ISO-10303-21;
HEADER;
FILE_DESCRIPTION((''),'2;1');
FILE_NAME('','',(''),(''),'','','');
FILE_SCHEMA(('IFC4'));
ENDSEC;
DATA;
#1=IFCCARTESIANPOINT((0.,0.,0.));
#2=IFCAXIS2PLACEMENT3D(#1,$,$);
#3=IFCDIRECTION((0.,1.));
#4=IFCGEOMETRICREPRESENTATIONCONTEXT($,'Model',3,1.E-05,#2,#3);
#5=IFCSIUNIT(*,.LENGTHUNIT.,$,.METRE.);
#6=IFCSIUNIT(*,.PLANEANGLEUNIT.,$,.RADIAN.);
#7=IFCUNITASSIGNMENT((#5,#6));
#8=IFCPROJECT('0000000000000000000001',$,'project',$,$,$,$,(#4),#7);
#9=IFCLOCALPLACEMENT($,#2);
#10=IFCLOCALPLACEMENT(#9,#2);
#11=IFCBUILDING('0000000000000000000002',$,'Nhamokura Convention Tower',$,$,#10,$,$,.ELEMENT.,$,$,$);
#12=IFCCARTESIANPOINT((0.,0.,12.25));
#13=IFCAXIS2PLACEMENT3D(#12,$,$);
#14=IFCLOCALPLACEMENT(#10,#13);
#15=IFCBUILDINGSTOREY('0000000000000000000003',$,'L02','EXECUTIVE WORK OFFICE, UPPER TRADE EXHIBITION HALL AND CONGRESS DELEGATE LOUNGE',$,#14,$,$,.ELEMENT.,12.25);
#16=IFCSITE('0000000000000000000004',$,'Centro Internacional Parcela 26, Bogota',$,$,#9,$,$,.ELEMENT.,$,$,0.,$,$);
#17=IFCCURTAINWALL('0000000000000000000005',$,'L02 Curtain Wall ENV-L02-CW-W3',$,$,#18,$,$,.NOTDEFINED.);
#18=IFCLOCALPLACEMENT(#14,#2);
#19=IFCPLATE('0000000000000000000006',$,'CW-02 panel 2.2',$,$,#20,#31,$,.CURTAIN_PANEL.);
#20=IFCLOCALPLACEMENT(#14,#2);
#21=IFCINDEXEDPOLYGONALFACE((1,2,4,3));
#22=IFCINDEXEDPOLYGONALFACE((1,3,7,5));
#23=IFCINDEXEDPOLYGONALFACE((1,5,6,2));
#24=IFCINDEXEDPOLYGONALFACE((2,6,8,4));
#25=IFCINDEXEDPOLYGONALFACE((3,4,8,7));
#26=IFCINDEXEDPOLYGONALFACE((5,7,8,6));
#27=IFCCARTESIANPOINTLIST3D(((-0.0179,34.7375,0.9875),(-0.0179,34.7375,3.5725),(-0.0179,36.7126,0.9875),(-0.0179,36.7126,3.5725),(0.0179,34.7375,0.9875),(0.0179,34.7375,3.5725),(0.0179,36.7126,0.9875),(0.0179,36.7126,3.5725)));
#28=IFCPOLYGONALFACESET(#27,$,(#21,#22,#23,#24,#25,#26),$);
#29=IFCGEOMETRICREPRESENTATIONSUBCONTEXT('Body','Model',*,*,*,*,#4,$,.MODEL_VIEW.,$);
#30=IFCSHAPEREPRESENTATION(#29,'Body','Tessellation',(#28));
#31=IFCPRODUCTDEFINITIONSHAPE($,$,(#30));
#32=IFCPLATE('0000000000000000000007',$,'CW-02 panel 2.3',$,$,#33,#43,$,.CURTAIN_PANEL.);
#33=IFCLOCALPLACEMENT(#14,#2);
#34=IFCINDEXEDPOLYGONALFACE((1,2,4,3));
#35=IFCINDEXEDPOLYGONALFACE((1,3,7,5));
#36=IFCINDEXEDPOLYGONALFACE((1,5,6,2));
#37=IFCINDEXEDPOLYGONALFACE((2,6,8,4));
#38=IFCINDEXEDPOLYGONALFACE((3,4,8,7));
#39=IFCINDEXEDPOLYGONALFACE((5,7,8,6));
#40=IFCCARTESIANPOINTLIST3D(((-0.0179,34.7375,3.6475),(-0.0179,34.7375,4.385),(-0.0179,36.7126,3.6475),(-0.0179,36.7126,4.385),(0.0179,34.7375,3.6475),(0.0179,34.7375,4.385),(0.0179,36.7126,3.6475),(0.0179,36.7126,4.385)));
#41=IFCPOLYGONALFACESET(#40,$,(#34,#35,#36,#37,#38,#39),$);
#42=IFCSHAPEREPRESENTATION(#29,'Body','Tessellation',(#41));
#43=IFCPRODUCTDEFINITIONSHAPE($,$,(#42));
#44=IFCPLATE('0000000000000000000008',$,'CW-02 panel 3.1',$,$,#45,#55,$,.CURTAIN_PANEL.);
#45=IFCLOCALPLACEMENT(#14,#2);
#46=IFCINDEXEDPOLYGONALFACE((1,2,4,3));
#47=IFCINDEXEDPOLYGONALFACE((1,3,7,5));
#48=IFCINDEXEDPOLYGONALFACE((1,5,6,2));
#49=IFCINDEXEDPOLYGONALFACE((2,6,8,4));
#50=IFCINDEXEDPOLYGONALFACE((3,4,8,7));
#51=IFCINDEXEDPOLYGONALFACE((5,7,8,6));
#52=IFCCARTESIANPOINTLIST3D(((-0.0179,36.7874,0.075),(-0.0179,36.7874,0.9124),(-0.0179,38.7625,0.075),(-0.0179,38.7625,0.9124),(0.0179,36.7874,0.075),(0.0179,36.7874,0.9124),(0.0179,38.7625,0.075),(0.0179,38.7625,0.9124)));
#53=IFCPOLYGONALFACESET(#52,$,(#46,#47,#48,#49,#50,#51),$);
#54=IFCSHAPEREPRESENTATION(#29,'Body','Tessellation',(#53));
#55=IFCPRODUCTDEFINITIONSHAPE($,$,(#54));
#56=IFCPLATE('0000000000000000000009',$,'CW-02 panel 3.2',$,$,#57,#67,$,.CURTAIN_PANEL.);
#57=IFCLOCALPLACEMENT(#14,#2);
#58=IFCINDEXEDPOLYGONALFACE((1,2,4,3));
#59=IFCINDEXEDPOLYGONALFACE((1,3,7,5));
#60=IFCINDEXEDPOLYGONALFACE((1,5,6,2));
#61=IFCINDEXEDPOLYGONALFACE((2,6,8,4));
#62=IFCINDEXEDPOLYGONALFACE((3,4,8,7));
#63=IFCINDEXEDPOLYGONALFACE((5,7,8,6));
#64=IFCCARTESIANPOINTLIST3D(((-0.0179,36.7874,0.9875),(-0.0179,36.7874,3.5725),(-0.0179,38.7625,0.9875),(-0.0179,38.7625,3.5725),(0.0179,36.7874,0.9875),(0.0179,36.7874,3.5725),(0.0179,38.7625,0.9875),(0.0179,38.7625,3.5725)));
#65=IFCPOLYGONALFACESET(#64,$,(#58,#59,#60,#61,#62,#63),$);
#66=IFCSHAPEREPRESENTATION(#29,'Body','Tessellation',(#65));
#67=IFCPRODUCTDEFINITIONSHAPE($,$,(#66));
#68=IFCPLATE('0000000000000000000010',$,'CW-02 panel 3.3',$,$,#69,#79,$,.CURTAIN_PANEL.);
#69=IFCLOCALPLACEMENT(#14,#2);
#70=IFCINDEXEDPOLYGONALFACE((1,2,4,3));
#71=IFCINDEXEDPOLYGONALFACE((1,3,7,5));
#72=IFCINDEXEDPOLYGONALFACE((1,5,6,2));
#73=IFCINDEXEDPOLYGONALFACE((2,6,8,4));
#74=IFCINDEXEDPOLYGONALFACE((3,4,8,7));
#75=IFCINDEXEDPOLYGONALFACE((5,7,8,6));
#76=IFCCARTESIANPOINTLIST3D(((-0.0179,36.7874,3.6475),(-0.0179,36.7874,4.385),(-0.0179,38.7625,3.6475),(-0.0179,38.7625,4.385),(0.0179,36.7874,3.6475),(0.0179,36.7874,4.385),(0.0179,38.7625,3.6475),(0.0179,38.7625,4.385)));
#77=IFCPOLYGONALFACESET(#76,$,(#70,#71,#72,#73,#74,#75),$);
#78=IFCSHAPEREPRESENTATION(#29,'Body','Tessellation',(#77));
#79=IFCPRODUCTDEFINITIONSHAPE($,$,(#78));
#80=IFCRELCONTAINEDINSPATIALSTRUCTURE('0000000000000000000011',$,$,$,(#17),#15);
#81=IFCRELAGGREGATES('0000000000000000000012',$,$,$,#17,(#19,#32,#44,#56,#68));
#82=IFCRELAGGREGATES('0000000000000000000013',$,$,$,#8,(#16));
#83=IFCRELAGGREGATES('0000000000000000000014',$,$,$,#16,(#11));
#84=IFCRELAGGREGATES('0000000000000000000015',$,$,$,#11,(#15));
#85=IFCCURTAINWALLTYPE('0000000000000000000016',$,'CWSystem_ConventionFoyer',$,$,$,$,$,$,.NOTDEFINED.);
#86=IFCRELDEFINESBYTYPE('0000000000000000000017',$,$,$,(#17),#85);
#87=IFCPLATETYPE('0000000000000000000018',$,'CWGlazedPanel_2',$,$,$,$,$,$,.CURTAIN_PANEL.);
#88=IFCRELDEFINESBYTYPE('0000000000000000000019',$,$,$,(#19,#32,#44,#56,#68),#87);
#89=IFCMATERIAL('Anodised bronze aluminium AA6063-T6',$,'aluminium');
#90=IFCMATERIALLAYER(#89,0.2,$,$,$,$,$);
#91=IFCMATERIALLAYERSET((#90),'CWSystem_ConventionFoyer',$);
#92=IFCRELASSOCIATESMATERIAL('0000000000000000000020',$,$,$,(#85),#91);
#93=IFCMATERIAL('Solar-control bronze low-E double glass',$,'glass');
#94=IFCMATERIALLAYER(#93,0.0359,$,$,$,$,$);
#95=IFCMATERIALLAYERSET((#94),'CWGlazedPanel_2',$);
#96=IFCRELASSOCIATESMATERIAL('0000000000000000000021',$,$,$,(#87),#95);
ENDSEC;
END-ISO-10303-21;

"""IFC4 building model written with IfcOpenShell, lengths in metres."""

from ifc_helpers import new_model, si_unit, direction, frame, origin, origin_2d, place, context, subcontext, project, spatial, rectangle, extrude, material, layer, layer_set, type_object, element, aggregate, save


model = new_model("IFC4")

# Units and contexts
model_context = context("Model", 3, precision=1e-05, world=origin(), true_north=direction((0.0, 1.0)))
body_context = subcontext(model_context, "Body", "Model", "MODEL_VIEW")
ifc_project = project(units=[si_unit("LENGTHUNIT", "METRE"), si_unit("PLANEANGLEUNIT", "RADIAN")], contexts=[model_context])

# Site, building, storey
site_placement = place(None, origin())
site = spatial("IfcSite", under=ifc_project, at=site_placement, Name="Centro Internacional Parcela 26, Bogota", CompositionType="ELEMENT", RefElevation=0.0)
building_placement = place(site_placement, origin())
building = spatial("IfcBuilding", under=site, at=building_placement, Name="Nhamokura Convention Tower", CompositionType="ELEMENT")
storey_placement = place(building_placement, frame((0.0, 0.0, 12.25)))
storey = spatial("IfcBuildingStorey", under=building, at=storey_placement, Name="L02", Description="EXECUTIVE WORK OFFICE, UPPER TRADE EXHIBITION HALL AND CONGRESS DELEGATE LOUNGE", CompositionType="ELEMENT", Elevation=12.25)

# Shared definitions
ifc_material_1 = material(Name="Anodised bronze aluminium AA6063-T6", Category="aluminium")
ifc_layer_1 = layer(ifc_material_1, 0.2)
ifc_layer_set_1 = layer_set([ifc_layer_1], Name="CWSystem_ConventionFoyer")
curtain_wall_type = type_object("IfcCurtainWallType", Name="CWSystem_ConventionFoyer", PredefinedType="NOTDEFINED", material=ifc_layer_set_1)

# Curtain wall
curtain_wall_1_placement = place(storey_placement, origin())
curtain_wall_1 = element("IfcCurtainWall", 1, at=curtain_wall_1_placement, inside=storey, type_object=curtain_wall_type, Name="L02 Curtain Wall ENV-L02-CW-W3", PredefinedType="NOTDEFINED")

# Plates
ifc_material_2 = material(Name="Solar-control bronze low-E double glass", Category="glass")
ifc_layer_2 = layer(ifc_material_2, 0.0359)
ifc_layer_set_2 = layer_set([ifc_layer_2], Name="CWGlazedPanel_2")
plate_type = type_object("IfcPlateType", Name="CWGlazedPanel_2", PredefinedType="CURTAIN_PANEL", material=ifc_layer_set_2)
plate_1_placement = place(storey_placement, frame((0.0, 35.7251, 0.9875), z_axis=(0.0, 0.0, 1.0), x_axis=(0.0, 1.0, 0.0)))
plate_1 = element("IfcPlate", 2, at=plate_1_placement, type_object=plate_type, Name="CW-02 panel 2.2", PredefinedType="CURTAIN_PANEL", context=body_context, shape_type="SweptSolid", body=[
    extrude(rectangle(XDim=1.9751, YDim=0.0359, at=origin_2d()), origin(), (0.0, 0.0, 1.0), 2.585),
])
plate_2_placement = place(storey_placement, frame((0.0, 35.7251, 3.6475), z_axis=(0.0, 0.0, 1.0), x_axis=(0.0, 1.0, 0.0)))
plate_2 = element("IfcPlate", 3, at=plate_2_placement, type_object=plate_type, Name="CW-02 panel 2.3", PredefinedType="CURTAIN_PANEL", context=body_context, shape_type="SweptSolid", body=[
    extrude(rectangle(XDim=1.9751, YDim=0.0359, at=origin_2d()), origin(), (0.0, 0.0, 1.0), 0.7375),
])
plate_3_placement = place(storey_placement, frame((0.0, 37.7749, 0.075), z_axis=(0.0, 0.0, 1.0), x_axis=(0.0, 1.0, 0.0)))
plate_3 = element("IfcPlate", 4, at=plate_3_placement, type_object=plate_type, Name="CW-02 panel 3.1", PredefinedType="CURTAIN_PANEL", context=body_context, shape_type="SweptSolid", body=[
    extrude(rectangle(XDim=1.9751, YDim=0.0359, at=origin_2d()), origin(), (0.0, 0.0, 1.0), 0.8374),
])
plate_4_placement = place(storey_placement, frame((0.0, 37.7749, 0.9875), z_axis=(0.0, 0.0, 1.0), x_axis=(0.0, 1.0, 0.0)))
plate_4 = element("IfcPlate", 5, at=plate_4_placement, type_object=plate_type, Name="CW-02 panel 3.2", PredefinedType="CURTAIN_PANEL", context=body_context, shape_type="SweptSolid", body=[
    extrude(rectangle(XDim=1.9751, YDim=0.0359, at=origin_2d()), origin(), (0.0, 0.0, 1.0), 2.585),
])
plate_5_placement = place(storey_placement, frame((0.0, 37.7749, 3.6475), z_axis=(0.0, 0.0, 1.0), x_axis=(0.0, 1.0, 0.0)))
plate_5 = element("IfcPlate", 6, at=plate_5_placement, type_object=plate_type, Name="CW-02 panel 3.3", PredefinedType="CURTAIN_PANEL", context=body_context, shape_type="SweptSolid", body=[
    extrude(rectangle(XDim=1.9751, YDim=0.0359, at=origin_2d()), origin(), (0.0, 0.0, 1.0), 0.7375),
])
aggregate(curtain_wall_1, [plate_1, plate_2, plate_3, plate_4, plate_5])

save(model, "model.ifc")
